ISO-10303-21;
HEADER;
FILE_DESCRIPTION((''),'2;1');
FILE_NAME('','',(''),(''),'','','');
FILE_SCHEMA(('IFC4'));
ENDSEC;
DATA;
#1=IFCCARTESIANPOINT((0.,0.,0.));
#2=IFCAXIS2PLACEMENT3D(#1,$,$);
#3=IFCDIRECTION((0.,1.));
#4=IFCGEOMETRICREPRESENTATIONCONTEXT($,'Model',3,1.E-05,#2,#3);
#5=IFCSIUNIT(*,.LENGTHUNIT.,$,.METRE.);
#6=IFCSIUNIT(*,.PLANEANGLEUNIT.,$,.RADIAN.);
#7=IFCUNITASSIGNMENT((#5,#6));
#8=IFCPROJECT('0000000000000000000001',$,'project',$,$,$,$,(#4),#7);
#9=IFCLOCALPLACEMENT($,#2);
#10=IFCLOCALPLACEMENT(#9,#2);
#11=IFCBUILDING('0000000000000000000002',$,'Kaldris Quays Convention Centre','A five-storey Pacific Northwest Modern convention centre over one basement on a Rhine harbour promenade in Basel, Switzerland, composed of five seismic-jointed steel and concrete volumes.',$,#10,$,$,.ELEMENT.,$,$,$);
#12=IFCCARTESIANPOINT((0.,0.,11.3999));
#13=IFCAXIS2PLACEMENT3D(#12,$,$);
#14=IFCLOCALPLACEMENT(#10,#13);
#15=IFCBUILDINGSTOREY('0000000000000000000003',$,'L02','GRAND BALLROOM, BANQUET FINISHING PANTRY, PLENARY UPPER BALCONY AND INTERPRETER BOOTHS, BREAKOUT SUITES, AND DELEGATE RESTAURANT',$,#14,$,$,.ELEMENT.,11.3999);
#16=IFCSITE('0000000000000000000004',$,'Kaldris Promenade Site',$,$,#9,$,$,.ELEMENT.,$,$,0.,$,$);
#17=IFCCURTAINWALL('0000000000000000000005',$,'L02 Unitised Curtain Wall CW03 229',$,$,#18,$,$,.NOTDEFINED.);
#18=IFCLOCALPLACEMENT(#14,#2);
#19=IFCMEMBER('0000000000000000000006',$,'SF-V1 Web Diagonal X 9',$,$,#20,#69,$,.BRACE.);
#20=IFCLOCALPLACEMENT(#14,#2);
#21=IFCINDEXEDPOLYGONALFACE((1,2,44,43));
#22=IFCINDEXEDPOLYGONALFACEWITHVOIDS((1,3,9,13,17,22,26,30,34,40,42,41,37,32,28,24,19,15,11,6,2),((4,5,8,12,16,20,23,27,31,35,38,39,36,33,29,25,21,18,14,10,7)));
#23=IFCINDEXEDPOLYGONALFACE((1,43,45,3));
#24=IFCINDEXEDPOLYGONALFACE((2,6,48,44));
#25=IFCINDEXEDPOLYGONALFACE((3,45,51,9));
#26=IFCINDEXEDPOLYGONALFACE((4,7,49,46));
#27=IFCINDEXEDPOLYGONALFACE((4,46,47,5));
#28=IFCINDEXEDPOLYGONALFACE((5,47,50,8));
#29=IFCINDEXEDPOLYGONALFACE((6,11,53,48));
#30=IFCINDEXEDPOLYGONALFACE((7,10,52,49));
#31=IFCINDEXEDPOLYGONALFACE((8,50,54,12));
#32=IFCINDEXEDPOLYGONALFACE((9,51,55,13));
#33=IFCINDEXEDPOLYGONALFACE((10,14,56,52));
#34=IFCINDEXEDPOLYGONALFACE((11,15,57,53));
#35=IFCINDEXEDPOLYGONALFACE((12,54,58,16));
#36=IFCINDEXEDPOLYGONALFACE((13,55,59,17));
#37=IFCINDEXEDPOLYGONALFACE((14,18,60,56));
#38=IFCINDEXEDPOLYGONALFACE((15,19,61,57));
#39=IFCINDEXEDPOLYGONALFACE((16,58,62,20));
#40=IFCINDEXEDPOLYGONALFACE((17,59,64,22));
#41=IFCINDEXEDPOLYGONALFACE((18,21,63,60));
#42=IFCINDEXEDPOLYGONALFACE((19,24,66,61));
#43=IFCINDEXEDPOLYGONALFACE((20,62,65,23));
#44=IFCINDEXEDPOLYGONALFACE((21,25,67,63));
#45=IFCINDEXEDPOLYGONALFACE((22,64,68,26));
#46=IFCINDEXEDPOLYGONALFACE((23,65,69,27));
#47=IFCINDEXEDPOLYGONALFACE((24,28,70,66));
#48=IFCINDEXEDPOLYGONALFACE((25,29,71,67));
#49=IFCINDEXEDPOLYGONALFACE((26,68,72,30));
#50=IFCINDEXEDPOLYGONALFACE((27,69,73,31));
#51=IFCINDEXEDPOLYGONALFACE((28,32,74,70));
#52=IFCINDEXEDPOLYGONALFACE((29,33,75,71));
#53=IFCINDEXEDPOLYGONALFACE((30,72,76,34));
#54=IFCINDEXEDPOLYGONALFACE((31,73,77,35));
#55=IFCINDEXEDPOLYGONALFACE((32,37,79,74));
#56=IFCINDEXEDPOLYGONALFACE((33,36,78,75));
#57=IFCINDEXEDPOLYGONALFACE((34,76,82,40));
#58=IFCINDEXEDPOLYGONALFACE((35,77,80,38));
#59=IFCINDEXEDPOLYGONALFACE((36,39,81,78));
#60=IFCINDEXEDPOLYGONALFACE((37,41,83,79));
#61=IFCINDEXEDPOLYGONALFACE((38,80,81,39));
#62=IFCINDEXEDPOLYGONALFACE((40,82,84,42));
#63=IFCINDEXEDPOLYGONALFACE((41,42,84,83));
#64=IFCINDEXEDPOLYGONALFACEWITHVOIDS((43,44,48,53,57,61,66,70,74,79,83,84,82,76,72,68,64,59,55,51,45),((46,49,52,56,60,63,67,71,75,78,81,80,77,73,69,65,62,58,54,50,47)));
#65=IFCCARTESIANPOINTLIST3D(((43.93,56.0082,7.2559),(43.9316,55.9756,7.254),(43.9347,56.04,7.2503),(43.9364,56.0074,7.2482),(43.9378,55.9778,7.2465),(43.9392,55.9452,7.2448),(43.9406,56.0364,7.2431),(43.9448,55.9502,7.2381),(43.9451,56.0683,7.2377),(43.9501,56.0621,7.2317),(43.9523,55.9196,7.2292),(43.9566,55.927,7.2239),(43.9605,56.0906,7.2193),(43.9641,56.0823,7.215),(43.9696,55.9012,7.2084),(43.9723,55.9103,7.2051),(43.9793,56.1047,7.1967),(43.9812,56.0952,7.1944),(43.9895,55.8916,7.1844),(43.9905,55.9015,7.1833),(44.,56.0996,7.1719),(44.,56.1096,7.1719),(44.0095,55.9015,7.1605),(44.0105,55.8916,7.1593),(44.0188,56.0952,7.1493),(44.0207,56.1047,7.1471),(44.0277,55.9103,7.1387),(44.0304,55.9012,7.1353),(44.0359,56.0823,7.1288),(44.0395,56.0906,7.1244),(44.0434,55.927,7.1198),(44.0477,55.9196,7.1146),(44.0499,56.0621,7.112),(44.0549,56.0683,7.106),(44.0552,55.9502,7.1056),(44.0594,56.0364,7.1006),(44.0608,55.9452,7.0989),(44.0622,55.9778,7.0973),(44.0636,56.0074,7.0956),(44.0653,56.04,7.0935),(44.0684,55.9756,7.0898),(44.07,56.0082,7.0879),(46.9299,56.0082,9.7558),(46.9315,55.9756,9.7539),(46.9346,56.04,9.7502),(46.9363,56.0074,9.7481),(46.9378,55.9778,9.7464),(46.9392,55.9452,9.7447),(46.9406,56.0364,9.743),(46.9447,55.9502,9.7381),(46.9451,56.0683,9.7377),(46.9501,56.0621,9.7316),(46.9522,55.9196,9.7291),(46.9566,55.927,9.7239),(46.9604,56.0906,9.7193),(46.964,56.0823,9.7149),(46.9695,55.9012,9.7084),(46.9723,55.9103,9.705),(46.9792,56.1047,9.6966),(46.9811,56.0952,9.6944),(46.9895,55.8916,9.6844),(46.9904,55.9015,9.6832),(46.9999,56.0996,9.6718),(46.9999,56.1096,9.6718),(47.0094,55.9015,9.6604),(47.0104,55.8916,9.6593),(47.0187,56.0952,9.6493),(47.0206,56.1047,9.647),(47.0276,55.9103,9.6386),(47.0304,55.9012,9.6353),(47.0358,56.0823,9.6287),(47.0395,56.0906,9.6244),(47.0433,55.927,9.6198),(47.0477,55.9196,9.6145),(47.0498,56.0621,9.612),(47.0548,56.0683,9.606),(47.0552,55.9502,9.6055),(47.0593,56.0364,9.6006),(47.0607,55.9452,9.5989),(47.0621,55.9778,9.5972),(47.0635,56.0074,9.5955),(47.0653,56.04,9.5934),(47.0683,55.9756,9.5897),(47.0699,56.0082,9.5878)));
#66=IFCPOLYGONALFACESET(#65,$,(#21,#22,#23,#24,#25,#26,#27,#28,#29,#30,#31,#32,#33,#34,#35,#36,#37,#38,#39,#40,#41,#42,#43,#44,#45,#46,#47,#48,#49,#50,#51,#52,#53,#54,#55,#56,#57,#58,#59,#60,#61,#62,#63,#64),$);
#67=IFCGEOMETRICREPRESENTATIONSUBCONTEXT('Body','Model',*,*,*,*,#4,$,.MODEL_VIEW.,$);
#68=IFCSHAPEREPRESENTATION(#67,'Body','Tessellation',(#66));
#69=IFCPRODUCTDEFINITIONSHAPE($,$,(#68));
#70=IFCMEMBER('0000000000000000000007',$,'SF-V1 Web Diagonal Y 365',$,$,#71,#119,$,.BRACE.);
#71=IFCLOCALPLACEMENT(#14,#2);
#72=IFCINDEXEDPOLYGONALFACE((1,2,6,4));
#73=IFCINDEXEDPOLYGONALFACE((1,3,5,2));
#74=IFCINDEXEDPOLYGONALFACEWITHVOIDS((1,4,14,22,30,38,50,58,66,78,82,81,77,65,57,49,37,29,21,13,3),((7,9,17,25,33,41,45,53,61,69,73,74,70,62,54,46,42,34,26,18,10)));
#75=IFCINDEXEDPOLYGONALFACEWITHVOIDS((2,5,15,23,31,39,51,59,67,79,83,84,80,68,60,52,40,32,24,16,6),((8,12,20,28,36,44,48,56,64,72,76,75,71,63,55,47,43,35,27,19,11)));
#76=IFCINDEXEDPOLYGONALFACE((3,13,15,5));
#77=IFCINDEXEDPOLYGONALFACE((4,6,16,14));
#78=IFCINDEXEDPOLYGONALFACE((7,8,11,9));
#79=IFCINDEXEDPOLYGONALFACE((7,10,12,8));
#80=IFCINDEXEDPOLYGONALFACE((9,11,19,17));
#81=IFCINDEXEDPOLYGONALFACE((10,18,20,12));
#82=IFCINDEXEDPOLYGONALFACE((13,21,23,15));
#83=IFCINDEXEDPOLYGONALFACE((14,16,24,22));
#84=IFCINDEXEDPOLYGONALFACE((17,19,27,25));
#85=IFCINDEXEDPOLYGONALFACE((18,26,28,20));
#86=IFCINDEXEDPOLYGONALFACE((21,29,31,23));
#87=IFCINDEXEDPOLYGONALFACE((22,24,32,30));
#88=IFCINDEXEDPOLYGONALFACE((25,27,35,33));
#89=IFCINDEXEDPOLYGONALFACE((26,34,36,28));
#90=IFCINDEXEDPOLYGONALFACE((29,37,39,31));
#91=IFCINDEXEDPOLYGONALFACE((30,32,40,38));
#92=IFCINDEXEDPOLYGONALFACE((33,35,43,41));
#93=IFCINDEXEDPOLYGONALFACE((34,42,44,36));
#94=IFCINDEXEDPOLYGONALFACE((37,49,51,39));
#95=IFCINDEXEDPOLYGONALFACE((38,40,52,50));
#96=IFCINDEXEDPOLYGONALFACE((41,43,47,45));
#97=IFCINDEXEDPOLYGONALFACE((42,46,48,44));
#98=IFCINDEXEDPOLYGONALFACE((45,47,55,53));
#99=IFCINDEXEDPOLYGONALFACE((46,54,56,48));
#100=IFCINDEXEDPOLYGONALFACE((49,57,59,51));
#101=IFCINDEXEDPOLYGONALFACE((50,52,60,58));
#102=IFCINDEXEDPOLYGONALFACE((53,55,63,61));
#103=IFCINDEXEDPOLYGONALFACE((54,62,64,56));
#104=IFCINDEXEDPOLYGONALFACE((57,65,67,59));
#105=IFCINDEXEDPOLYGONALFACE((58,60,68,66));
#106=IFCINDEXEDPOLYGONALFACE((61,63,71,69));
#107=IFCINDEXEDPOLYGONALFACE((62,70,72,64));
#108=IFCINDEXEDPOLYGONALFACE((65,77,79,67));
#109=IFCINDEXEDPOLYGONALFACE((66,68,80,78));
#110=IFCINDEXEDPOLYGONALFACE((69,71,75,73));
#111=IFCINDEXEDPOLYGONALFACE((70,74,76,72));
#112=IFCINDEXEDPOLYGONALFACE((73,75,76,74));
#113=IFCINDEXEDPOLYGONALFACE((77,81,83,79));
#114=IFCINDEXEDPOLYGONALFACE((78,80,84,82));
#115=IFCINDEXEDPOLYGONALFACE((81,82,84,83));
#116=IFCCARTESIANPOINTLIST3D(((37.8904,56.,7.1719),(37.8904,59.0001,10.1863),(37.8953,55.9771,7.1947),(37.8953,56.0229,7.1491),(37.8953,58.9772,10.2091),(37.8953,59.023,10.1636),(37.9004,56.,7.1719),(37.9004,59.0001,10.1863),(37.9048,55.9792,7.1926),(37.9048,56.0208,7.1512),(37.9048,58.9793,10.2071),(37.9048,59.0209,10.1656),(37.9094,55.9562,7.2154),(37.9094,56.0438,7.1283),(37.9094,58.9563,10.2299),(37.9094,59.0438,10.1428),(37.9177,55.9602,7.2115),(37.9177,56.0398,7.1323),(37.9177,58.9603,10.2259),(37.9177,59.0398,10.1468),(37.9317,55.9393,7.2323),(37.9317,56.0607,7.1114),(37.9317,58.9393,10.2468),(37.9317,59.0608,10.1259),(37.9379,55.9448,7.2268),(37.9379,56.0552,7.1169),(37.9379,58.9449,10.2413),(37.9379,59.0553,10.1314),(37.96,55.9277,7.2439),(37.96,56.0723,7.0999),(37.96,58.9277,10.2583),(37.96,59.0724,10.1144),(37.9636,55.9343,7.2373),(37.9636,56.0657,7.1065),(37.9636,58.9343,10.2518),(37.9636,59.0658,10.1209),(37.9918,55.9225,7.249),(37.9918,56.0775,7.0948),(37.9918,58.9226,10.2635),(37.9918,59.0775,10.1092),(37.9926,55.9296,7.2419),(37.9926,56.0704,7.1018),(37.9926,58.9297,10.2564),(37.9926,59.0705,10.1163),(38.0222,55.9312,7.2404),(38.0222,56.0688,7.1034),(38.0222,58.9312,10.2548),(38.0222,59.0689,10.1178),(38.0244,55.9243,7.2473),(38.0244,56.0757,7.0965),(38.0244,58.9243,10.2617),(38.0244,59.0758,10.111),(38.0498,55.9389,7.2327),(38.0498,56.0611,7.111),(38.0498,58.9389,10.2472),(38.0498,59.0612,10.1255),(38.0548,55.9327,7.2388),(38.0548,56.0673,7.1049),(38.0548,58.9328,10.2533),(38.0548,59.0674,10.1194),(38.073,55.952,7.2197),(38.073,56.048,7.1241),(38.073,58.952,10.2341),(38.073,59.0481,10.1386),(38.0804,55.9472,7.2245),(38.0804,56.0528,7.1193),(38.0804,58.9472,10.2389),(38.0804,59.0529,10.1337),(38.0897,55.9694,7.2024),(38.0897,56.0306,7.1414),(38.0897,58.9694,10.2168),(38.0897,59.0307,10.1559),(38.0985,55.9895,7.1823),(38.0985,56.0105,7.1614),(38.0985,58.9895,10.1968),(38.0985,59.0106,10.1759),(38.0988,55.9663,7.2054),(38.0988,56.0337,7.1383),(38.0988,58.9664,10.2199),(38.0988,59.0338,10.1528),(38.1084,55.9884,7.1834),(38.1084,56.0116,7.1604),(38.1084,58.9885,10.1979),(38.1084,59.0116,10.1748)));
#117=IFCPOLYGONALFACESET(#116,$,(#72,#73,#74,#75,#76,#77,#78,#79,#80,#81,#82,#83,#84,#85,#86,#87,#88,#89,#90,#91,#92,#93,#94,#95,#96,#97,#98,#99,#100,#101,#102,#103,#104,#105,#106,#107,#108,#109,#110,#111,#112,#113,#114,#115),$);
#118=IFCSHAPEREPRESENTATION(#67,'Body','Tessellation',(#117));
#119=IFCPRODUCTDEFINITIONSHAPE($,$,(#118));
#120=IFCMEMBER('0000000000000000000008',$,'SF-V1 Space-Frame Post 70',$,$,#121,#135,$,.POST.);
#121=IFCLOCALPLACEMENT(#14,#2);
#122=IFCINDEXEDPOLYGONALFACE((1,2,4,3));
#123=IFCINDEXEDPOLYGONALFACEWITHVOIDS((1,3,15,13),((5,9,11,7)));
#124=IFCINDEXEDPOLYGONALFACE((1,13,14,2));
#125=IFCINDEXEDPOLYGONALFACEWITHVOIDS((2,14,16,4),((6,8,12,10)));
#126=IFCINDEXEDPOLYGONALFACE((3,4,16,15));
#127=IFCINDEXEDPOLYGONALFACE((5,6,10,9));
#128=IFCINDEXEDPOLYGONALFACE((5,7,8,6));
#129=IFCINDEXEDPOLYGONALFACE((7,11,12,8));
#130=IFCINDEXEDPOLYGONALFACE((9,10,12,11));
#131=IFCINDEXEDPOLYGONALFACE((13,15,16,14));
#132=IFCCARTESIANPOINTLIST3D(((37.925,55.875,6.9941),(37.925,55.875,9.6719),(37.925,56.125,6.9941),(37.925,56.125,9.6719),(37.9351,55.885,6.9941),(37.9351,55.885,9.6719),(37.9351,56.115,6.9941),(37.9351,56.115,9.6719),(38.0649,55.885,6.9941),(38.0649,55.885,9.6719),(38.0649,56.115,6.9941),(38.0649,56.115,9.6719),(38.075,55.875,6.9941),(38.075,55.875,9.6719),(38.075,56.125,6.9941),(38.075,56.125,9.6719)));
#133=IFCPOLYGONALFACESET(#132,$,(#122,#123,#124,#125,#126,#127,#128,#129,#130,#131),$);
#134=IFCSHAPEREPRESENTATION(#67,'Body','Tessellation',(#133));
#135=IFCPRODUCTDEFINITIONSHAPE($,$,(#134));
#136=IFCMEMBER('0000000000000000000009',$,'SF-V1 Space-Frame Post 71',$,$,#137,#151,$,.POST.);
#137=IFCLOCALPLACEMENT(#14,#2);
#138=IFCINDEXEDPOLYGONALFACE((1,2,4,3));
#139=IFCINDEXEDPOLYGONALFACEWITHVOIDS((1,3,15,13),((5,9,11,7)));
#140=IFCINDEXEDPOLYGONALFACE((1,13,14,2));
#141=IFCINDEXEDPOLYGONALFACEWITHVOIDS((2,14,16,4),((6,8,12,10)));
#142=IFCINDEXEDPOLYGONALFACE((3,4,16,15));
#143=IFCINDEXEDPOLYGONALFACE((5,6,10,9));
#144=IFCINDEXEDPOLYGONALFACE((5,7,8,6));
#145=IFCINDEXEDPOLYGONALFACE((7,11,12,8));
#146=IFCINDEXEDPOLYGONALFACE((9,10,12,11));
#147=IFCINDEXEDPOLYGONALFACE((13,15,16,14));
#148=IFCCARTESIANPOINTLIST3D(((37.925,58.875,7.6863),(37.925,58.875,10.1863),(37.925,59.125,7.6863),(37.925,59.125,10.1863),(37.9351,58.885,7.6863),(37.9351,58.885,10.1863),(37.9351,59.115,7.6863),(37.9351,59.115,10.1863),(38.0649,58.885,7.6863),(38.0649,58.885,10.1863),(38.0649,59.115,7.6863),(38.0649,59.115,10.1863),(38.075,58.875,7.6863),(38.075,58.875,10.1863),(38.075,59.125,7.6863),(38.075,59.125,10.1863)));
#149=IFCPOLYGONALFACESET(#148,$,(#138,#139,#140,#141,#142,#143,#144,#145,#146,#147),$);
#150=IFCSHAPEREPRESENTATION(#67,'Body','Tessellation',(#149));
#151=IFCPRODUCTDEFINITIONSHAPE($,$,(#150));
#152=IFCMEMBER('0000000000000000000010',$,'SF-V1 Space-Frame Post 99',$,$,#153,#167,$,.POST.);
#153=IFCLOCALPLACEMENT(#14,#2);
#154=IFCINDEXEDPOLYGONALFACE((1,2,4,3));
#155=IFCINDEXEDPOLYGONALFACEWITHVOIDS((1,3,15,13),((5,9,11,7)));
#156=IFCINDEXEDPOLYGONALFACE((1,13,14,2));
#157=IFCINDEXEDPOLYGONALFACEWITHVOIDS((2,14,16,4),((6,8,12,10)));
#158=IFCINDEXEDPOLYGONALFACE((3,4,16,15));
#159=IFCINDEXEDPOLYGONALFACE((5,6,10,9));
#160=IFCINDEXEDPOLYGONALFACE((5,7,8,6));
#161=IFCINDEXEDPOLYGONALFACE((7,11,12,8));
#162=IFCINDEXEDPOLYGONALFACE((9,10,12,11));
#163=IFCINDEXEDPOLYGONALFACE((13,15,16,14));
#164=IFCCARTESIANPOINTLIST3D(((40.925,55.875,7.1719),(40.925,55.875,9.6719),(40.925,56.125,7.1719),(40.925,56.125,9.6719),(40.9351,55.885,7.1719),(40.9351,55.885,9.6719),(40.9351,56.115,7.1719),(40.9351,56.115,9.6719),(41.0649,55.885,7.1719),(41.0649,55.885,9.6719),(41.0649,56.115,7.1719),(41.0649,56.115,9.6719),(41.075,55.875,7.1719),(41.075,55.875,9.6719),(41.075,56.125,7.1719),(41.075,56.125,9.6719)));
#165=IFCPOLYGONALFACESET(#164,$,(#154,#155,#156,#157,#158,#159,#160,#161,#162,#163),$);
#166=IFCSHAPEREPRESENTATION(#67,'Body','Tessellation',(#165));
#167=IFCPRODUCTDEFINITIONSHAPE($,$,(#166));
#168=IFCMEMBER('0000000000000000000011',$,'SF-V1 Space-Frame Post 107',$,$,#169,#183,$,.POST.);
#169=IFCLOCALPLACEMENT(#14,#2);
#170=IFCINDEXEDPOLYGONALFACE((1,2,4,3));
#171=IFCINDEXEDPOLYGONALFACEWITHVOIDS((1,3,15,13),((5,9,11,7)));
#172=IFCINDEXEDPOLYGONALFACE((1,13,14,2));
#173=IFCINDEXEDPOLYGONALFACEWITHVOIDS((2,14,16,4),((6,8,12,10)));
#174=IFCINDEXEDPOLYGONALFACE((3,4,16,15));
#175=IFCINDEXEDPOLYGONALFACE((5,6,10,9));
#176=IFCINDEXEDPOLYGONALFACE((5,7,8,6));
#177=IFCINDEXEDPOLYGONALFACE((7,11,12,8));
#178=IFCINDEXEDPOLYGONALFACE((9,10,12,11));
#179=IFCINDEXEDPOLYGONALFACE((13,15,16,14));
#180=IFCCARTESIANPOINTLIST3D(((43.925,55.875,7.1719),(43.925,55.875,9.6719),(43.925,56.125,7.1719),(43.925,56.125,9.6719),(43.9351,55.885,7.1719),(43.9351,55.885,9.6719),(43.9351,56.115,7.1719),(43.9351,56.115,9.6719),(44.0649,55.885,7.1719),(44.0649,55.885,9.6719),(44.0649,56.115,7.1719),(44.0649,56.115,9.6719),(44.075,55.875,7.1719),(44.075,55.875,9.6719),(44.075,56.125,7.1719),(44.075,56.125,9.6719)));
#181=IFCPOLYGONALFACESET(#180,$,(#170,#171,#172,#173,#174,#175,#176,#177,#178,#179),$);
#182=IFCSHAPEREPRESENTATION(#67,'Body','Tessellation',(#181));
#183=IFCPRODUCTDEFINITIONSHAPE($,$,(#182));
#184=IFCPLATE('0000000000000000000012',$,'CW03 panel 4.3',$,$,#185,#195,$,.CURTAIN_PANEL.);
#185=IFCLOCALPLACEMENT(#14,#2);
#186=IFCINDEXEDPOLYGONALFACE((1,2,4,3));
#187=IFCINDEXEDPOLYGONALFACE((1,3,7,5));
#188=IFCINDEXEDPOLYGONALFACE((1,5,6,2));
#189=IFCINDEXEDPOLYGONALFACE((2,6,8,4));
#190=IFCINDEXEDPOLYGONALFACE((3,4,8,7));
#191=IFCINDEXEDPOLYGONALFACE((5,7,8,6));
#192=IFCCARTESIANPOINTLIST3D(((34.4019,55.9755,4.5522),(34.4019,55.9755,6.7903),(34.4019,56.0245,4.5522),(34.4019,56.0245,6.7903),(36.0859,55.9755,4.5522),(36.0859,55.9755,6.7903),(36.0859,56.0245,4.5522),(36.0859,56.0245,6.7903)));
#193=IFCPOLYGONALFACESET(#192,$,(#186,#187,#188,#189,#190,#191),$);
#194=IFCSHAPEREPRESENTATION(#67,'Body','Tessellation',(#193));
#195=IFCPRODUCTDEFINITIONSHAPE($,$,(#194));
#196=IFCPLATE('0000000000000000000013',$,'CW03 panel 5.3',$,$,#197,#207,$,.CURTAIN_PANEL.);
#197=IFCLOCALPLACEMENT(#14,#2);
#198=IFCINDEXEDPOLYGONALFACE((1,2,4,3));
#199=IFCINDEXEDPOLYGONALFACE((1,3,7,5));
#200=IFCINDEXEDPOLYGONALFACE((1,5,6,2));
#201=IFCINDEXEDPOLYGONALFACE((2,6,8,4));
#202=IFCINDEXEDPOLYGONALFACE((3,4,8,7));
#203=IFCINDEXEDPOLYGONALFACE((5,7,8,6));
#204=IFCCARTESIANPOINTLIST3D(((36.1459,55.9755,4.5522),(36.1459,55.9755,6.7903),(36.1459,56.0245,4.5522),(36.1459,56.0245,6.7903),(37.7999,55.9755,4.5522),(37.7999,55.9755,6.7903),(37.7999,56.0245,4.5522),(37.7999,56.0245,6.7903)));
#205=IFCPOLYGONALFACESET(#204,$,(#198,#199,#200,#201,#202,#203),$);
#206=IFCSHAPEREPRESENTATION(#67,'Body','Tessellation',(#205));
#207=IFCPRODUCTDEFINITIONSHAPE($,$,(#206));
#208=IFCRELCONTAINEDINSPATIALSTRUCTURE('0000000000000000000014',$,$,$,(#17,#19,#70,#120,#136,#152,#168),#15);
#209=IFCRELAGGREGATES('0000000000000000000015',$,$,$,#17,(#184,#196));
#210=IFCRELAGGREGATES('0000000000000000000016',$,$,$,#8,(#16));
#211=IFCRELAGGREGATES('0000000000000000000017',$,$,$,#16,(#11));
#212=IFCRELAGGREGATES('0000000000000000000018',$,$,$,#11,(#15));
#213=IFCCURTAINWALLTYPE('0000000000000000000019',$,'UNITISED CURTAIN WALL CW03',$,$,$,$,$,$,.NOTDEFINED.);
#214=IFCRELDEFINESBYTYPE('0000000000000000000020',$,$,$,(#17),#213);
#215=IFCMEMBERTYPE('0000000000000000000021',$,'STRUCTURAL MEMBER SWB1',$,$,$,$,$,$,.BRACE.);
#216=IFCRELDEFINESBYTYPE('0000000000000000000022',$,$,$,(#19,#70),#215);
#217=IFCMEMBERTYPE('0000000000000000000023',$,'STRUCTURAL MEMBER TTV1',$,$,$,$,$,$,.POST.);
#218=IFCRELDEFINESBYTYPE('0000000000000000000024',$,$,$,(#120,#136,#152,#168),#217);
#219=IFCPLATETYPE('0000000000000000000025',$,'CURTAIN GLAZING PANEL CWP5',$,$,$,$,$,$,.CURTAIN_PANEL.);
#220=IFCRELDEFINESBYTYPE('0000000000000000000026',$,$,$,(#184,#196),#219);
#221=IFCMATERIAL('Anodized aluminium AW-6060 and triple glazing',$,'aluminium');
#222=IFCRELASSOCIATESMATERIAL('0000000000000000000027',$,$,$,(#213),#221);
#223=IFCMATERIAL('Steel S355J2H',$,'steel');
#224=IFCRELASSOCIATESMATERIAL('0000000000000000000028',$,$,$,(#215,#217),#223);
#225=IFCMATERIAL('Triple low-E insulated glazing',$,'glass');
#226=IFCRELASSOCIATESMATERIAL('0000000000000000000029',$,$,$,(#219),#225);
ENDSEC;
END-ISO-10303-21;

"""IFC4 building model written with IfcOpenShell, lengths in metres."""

from ifc_helpers import new_model, si_unit, direction, frame, origin, origin_2d, place, context, subcontext, project, spatial, rectangle, hollow_rectangle, hollow_circle, extrude, material, material_profile, profile_set, type_object, element, aggregate, save


model = new_model("IFC4")

# Units and contexts
model_context = context("Model", 3, precision=1e-05, world=origin(), true_north=direction((0.0, 1.0)))
body_context = subcontext(model_context, "Body", "Model", "MODEL_VIEW")
ifc_project = project(units=[si_unit("LENGTHUNIT", "METRE"), si_unit("PLANEANGLEUNIT", "RADIAN")], contexts=[model_context])

# Site, building, storey
site_placement = place(None, origin())
site = spatial("IfcSite", under=ifc_project, at=site_placement, Name="Kaldris Promenade Site", CompositionType="ELEMENT", RefElevation=0.0)
building_placement = place(site_placement, origin())
building = spatial("IfcBuilding", under=site, at=building_placement, Name="Kaldris Quays Convention Centre", Description="A five-storey Pacific Northwest Modern convention centre over one basement on a Rhine harbour promenade in Basel, Switzerland, composed of five seismic-jointed steel and concrete volumes.", CompositionType="ELEMENT")
storey_placement = place(building_placement, frame((0.0, 0.0, 11.3999)))
storey = spatial("IfcBuildingStorey", under=building, at=storey_placement, Name="L02", Description="GRAND BALLROOM, BANQUET FINISHING PANTRY, PLENARY UPPER BALCONY AND INTERPRETER BOOTHS, BREAKOUT SUITES, AND DELEGATE RESTAURANT", CompositionType="ELEMENT", Elevation=11.3999)

# Curtain wall
ifc_material_1 = material(Name="Anodized aluminium AW-6060 and triple glazing", Category="aluminium")
curtain_wall_type = type_object("IfcCurtainWallType", Name="UNITISED CURTAIN WALL CW03", PredefinedType="NOTDEFINED", material=ifc_material_1)
curtain_wall_1_placement = place(storey_placement, origin())
curtain_wall_1 = element("IfcCurtainWall", 1, at=curtain_wall_1_placement, inside=storey, type_object=curtain_wall_type, Name="L02 Unitised Curtain Wall CW03 229", PredefinedType="NOTDEFINED")

# Members
ifc_material_2 = material(Name="Steel S355J2H", Category="steel")
ifc_material_profile_1 = material_profile(ifc_material_2, hollow_circle(Radius=0.1096, WallThickness=0.01, at=origin_2d()), Name="CHS 219.1x10")
ifc_profile_set_1 = profile_set([ifc_material_profile_1], Name="Steel S355J2H")
member_type_1 = type_object("IfcMemberType", Name="STRUCTURAL MEMBER SWB1", PredefinedType="BRACE", material=ifc_profile_set_1)
for number, where, z_axis, x_axis, name in (
    (2, (44.0, 56.0, 7.1719), (0.768221, 0.0, 0.640184), (0.0, 1.0, 0.0), "SF-V1 Web Diagonal X 9"),
):
    element("IfcMember", number, at=place(storey_placement, frame(where, z_axis=z_axis, x_axis=x_axis)), inside=storey, type_object=member_type_1, Name=name, PredefinedType="BRACE", context=body_context, shape_type="SweptSolid", body=[
        extrude(hollow_circle(Radius=0.1096, WallThickness=0.01, at=origin_2d()), origin(), (0.0, 0.0, 1.0), 3.905),
    ])
member_1_placement = place(storey_placement, frame((38.0, 56.0, 7.1719), z_axis=(0.0, 0.705411, 0.708798), x_axis=(-1.0, 0.0, 0.0)))
element("IfcMember", 3, at=member_1_placement, inside=storey, type_object=member_type_1, Name="SF-V1 Web Diagonal Y 365", PredefinedType="BRACE", context=body_context, shape_type="SweptSolid", body=[
    extrude(hollow_circle(Radius=0.1096, WallThickness=0.01, at=origin_2d()), origin(), (0.0, 0.0, 1.0), 4.2529),
])
ifc_material_profile_2 = material_profile(ifc_material_2, hollow_rectangle(XDim=0.1499, YDim=0.25, WallThickness=0.01, at=origin_2d()), Name="RHS 250x150x10")
ifc_profile_set_2 = profile_set([ifc_material_profile_2], Name="Steel S355J2H")
member_type_2 = type_object("IfcMemberType", Name="STRUCTURAL MEMBER TTV1", PredefinedType="POST", material=ifc_profile_set_2)
member_2_placement = place(storey_placement, frame((38.0, 56.0, 6.9941), z_axis=(0.0, 0.0, 1.0), x_axis=(1.0, 0.0, 0.0)))
element("IfcMember", 4, at=member_2_placement, inside=storey, type_object=member_type_2, Name="SF-V1 Space-Frame Post 70", PredefinedType="POST", context=body_context, shape_type="SweptSolid", body=[
    extrude(hollow_rectangle(XDim=0.1499, YDim=0.25, WallThickness=0.01, at=origin_2d()), origin(), (0.0, 0.0, 1.0), 2.6777),
])
for number, where, z_axis, x_axis, name in (
    (5, (38.0, 59.0, 7.6863), (0.0, 0.0, 1.0), (1.0, 0.0, 0.0), "SF-V1 Space-Frame Post 71"),
    (6, (41.0, 56.0, 7.1719), (0.0, 0.0, 1.0), (1.0, 0.0, 0.0), "SF-V1 Space-Frame Post 99"),
    (7, (44.0, 56.0, 7.1719), (0.0, 0.0, 1.0), (1.0, 0.0, 0.0), "SF-V1 Space-Frame Post 107"),
):
    element("IfcMember", number, at=place(storey_placement, frame(where, z_axis=z_axis, x_axis=x_axis)), inside=storey, type_object=member_type_2, Name=name, PredefinedType="POST", context=body_context, shape_type="SweptSolid", body=[
        extrude(hollow_rectangle(XDim=0.1499, YDim=0.25, WallThickness=0.01, at=origin_2d()), origin(), (0.0, 0.0, 1.0), 2.5),
    ])

# Plates
ifc_material_3 = material(Name="Triple low-E insulated glazing", Category="glass")
plate_type_1 = type_object("IfcPlateType", Name="CURTAIN GLAZING PANEL CWP5", PredefinedType="CURTAIN_PANEL", material=ifc_material_3)
plate_1_placement = place(storey_placement, frame((35.2439, 56.0, 4.5522), z_axis=(0.0, 0.0, 1.0), x_axis=(1.0, 0.0, 0.0)))
plate_1 = element("IfcPlate", 8, at=plate_1_placement, type_object=plate_type_1, Name="CW03 panel 4.3", PredefinedType="CURTAIN_PANEL", context=body_context, shape_type="SweptSolid", body=[
    extrude(rectangle(XDim=1.6841, YDim=0.0491, at=origin_2d()), origin(), (0.0, 0.0, 1.0), 2.238),
])
plate_2_placement = place(storey_placement, frame((36.9729, 56.0, 4.5522), z_axis=(0.0, 0.0, 1.0), x_axis=(1.0, 0.0, 0.0)))
plate_2 = element("IfcPlate", 9, at=plate_2_placement, type_object=plate_type_1, Name="CW03 panel 5.3", PredefinedType="CURTAIN_PANEL", context=body_context, shape_type="SweptSolid", body=[
    extrude(rectangle(XDim=1.6541, YDim=0.0491, at=origin_2d()), origin(), (0.0, 0.0, 1.0), 2.238),
])
aggregate(curtain_wall_1, [plate_1, plate_2])

save(model, "model.ifc")
